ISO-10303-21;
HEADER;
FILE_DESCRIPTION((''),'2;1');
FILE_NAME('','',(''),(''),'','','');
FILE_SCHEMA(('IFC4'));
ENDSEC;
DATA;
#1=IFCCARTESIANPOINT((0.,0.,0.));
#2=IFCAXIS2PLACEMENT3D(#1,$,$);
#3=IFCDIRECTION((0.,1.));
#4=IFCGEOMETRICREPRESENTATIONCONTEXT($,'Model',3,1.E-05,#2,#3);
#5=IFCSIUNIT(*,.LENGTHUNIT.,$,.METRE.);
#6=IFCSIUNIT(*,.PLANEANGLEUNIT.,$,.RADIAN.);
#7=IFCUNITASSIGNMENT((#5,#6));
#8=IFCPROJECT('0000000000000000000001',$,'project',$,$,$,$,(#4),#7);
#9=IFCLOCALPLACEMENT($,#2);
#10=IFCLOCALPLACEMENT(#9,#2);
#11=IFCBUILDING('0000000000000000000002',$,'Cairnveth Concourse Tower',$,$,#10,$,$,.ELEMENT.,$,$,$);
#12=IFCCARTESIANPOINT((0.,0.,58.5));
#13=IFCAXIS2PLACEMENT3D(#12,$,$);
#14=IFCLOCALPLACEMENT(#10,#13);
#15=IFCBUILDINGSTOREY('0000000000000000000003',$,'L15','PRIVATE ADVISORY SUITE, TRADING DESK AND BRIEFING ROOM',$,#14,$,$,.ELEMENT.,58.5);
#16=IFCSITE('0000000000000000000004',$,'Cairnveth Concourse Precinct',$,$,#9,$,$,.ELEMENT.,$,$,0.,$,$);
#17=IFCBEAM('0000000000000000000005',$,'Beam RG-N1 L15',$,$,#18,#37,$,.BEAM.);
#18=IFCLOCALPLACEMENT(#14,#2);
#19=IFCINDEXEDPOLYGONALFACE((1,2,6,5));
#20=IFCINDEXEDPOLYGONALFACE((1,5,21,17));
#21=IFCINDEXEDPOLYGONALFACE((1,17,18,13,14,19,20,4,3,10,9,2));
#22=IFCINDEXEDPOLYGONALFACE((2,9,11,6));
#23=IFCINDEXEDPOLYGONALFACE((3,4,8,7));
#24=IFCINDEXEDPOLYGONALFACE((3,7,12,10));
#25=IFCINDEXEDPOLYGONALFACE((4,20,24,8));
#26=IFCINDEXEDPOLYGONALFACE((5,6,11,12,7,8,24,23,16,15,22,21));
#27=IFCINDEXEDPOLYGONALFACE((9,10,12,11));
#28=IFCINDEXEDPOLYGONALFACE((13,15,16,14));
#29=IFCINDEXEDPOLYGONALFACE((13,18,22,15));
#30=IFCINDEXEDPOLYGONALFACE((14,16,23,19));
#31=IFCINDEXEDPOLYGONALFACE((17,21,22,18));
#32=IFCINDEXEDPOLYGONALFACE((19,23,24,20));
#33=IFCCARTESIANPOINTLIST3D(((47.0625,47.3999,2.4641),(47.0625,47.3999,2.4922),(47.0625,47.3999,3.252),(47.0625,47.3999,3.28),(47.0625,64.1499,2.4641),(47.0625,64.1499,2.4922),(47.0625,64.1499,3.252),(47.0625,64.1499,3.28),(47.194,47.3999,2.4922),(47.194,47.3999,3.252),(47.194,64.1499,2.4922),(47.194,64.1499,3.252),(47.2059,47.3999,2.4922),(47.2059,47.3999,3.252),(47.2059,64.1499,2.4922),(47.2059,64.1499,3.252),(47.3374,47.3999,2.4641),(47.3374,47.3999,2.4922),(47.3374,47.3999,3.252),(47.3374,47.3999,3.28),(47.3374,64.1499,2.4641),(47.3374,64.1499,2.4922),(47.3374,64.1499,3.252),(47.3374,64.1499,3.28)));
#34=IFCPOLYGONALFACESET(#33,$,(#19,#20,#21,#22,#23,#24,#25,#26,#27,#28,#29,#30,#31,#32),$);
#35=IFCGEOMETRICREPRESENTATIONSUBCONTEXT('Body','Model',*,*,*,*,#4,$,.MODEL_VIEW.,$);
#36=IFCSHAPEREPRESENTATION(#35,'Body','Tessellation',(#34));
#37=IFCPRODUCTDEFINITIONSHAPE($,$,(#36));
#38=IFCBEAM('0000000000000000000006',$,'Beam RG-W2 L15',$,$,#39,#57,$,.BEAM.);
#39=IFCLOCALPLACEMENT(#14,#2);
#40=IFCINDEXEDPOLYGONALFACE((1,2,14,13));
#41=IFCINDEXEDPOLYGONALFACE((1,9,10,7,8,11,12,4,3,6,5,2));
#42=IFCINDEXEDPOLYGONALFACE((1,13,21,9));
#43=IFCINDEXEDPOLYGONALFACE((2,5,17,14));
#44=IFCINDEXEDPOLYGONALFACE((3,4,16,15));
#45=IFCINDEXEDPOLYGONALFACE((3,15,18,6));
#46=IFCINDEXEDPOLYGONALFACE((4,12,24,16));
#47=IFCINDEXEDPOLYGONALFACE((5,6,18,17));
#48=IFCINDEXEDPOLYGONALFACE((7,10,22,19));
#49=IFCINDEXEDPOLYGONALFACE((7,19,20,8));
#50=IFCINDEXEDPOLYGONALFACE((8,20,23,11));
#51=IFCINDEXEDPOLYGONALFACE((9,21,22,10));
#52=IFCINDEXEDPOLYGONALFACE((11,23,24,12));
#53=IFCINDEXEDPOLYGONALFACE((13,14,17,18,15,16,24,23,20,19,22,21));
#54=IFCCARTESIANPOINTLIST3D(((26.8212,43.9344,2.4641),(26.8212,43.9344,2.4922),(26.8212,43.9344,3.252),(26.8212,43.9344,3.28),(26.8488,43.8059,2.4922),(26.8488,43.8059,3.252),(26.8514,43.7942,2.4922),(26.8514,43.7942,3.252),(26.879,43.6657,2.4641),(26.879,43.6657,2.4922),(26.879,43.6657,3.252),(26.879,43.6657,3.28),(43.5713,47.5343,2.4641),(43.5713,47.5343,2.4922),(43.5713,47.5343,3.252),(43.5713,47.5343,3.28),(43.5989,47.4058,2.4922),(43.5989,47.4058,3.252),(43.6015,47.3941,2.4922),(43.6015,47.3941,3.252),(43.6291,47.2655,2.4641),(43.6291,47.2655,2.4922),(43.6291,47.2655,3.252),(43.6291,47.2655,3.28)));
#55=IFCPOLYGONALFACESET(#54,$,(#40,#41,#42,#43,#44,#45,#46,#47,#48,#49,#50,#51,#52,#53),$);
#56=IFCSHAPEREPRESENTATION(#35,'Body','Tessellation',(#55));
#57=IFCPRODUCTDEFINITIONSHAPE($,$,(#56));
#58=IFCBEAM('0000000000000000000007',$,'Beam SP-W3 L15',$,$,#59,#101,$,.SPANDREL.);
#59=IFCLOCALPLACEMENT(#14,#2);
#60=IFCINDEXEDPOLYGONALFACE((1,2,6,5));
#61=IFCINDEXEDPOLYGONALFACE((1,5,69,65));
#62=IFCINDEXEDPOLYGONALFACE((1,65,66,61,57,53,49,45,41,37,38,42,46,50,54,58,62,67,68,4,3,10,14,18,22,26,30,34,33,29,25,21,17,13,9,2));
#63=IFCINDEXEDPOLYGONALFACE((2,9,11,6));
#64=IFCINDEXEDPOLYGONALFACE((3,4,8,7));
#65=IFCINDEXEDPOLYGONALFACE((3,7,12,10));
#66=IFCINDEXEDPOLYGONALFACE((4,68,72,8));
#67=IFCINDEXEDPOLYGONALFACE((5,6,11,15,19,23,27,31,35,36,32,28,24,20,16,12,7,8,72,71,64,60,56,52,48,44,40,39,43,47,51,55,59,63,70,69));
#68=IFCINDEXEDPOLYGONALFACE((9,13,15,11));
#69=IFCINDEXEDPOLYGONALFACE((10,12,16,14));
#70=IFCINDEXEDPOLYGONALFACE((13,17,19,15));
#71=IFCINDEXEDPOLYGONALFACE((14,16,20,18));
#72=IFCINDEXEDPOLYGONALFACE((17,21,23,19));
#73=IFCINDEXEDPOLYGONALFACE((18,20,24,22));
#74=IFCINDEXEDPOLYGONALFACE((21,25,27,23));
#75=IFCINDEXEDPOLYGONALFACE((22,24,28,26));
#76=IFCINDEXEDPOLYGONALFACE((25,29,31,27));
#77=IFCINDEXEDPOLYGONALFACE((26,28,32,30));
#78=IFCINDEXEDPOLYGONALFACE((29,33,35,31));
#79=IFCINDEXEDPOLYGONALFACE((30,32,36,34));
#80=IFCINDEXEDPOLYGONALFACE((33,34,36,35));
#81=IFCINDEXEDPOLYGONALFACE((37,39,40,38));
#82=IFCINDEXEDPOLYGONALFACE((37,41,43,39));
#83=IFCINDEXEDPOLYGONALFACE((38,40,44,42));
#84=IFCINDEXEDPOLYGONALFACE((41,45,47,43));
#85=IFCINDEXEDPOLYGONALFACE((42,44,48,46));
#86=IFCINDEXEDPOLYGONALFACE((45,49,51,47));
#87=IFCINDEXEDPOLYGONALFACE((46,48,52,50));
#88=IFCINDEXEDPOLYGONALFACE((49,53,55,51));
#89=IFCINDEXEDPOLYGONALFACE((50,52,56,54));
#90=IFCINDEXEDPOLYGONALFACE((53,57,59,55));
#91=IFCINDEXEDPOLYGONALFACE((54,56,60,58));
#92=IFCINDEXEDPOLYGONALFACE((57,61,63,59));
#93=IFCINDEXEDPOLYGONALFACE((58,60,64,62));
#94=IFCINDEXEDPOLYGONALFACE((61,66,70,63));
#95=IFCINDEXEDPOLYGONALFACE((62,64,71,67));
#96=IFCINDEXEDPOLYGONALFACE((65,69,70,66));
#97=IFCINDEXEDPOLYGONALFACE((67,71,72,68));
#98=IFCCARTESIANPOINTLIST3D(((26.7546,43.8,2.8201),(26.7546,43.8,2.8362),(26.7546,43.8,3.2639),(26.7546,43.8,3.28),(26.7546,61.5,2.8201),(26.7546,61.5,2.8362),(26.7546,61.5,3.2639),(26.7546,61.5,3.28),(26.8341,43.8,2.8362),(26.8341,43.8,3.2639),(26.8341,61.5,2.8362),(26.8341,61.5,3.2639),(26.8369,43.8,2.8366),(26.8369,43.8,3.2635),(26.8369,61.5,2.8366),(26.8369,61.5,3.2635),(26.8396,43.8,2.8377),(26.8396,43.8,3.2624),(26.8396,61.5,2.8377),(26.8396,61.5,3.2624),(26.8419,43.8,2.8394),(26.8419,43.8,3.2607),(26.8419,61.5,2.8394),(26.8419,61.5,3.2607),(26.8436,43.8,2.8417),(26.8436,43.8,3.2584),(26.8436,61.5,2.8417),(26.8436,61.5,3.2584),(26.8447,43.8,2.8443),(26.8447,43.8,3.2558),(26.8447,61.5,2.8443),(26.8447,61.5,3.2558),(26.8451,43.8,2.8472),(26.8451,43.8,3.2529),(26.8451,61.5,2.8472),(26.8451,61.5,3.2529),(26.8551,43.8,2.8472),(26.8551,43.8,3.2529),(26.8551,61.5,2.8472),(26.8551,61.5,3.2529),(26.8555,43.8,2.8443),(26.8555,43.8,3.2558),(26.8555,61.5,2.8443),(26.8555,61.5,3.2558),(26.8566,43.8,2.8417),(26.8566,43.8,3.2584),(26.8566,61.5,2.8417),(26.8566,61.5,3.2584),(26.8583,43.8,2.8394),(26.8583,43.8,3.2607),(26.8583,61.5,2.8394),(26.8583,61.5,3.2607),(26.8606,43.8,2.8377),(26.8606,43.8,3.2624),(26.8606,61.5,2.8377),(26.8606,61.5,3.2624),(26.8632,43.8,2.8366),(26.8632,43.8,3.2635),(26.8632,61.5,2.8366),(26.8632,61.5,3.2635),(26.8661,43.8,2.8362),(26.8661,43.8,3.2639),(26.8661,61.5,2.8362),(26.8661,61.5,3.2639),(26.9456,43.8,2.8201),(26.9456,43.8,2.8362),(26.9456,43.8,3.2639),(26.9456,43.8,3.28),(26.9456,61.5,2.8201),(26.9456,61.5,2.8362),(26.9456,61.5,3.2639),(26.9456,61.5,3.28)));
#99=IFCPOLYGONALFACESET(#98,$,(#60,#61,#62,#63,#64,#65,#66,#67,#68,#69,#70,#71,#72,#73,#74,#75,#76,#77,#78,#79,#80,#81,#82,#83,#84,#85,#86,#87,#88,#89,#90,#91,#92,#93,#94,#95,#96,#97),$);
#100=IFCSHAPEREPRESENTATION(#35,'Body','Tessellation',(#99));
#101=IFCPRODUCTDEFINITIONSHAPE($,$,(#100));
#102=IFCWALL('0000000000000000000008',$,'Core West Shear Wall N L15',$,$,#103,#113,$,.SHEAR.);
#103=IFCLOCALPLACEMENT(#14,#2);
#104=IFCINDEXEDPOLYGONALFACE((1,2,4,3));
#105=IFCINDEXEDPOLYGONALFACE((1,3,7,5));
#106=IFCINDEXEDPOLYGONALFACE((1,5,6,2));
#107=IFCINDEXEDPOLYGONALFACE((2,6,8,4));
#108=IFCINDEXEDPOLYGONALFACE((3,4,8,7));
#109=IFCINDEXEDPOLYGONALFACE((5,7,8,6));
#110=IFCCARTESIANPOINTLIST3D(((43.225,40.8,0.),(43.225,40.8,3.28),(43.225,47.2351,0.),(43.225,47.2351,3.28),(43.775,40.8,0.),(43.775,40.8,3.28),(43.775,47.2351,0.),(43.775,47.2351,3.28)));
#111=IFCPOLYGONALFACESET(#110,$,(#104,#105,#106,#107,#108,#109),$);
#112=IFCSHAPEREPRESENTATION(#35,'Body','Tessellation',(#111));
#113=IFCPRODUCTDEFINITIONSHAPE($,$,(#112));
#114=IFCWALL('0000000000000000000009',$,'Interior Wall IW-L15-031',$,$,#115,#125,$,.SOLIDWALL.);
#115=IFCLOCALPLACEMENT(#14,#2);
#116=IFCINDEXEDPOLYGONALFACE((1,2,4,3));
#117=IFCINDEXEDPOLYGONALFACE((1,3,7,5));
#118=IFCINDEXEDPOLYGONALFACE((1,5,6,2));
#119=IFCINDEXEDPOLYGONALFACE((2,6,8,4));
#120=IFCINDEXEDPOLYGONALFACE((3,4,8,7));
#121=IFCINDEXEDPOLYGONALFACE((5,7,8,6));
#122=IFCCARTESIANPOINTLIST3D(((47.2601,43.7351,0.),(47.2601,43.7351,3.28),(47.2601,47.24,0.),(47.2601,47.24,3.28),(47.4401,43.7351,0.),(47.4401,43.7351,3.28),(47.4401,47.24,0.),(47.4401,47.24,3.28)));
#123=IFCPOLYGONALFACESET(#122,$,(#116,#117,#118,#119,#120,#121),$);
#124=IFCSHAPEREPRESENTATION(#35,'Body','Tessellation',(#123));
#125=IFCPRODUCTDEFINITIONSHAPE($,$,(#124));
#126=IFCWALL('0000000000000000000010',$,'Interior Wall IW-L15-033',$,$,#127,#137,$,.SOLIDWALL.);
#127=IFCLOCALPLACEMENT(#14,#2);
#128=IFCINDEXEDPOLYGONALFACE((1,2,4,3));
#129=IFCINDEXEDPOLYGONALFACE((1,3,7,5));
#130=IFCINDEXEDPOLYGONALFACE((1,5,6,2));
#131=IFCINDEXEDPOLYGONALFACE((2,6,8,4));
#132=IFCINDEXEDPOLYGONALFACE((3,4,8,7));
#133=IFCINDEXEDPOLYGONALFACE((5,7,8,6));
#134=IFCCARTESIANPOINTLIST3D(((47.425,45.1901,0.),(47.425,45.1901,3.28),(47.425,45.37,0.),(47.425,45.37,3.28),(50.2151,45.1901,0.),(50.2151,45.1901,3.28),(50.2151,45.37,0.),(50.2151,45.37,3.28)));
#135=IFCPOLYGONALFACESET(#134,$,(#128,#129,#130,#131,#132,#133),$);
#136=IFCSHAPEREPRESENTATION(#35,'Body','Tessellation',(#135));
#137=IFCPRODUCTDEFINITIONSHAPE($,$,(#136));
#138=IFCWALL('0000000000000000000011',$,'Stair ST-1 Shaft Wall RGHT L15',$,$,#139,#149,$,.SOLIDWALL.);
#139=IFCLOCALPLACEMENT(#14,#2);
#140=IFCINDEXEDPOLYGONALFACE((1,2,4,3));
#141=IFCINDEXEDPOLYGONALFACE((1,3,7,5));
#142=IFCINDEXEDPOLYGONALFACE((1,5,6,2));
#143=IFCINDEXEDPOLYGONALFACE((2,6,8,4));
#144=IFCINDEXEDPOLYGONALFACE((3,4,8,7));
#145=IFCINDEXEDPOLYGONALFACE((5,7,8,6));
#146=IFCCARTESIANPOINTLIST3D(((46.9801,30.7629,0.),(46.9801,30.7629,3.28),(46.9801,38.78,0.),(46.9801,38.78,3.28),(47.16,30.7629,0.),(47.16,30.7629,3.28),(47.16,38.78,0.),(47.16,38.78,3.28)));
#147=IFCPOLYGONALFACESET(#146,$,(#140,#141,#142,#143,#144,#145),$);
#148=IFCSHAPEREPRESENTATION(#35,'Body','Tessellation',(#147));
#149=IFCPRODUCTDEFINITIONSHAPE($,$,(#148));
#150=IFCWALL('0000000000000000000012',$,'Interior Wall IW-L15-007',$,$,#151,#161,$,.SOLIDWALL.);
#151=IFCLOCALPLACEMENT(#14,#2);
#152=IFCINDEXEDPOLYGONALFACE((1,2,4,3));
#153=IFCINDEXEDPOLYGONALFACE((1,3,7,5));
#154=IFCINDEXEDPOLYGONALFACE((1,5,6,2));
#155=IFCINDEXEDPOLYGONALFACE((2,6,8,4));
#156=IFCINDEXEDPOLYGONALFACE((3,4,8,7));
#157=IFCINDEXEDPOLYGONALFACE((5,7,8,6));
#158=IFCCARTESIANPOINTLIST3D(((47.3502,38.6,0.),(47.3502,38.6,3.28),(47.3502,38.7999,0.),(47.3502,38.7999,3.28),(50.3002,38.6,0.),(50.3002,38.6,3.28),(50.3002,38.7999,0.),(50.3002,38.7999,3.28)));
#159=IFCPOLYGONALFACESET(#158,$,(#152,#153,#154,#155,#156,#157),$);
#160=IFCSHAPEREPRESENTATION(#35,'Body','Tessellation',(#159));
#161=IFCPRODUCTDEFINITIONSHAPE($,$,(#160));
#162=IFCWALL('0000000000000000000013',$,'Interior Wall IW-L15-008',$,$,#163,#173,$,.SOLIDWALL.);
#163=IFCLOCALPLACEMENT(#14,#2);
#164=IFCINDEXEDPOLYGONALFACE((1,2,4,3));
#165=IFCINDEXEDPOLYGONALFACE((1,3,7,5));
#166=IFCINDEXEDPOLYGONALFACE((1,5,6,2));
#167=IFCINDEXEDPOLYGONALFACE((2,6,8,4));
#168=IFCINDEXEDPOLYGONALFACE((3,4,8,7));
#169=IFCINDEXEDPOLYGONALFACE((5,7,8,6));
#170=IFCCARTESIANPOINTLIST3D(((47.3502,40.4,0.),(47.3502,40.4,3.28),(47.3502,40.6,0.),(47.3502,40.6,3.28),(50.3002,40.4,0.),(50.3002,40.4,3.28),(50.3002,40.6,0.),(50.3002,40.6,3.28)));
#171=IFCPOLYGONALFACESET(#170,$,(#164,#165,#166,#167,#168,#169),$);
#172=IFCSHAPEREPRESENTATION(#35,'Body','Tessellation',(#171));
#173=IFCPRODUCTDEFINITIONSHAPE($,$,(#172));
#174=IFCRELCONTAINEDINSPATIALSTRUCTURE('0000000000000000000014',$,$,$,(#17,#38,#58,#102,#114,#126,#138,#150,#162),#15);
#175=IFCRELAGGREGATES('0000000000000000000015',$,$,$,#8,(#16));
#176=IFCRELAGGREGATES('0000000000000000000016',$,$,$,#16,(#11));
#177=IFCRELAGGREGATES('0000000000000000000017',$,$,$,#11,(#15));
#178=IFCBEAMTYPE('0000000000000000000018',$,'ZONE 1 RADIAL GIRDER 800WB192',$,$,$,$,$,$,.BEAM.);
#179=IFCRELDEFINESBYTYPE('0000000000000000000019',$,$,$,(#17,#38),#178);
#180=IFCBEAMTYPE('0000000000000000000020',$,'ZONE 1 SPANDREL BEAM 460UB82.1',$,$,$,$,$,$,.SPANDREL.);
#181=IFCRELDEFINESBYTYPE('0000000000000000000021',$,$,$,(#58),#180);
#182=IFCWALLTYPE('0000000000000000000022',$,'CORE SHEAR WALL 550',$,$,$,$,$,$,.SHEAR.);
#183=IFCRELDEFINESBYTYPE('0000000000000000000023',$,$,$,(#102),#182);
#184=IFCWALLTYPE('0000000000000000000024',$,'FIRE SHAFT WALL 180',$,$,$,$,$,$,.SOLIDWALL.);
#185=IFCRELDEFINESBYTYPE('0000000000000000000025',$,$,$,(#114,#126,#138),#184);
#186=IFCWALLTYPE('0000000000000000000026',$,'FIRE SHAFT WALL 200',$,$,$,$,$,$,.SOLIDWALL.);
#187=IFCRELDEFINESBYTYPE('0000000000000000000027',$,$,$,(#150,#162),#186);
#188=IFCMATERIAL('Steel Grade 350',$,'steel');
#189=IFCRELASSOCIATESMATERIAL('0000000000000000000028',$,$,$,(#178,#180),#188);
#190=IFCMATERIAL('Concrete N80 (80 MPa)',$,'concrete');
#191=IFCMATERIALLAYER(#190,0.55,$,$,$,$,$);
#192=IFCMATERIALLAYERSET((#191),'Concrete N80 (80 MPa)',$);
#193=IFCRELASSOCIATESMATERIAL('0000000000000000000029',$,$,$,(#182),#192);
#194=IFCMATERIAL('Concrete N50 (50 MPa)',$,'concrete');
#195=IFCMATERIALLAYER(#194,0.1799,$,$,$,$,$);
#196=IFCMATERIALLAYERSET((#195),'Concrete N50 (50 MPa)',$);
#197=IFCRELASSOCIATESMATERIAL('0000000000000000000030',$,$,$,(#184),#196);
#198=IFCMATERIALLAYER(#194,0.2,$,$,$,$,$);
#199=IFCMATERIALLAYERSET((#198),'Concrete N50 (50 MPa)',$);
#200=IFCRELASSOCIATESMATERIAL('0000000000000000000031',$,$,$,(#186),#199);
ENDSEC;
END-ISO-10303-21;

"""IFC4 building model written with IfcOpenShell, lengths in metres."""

from ifc_helpers import new_model, si_unit, direction, frame, frame_2d, origin, origin_2d, place, context, subcontext, project, spatial, rectangle, i_section, extrude, material, layer, layer_set, material_profile, profile_set, type_object, element, save


model = new_model("IFC4")

# Units and contexts
model_context = context("Model", 3, precision=1e-05, world=origin(), true_north=direction((0.0, 1.0)))
body_context = subcontext(model_context, "Body", "Model", "MODEL_VIEW")
ifc_project = project(units=[si_unit("LENGTHUNIT", "METRE"), si_unit("PLANEANGLEUNIT", "RADIAN")], contexts=[model_context])

# Site, building, storey
site_placement = place(None, origin())
site = spatial("IfcSite", under=ifc_project, at=site_placement, Name="Cairnveth Concourse Precinct", CompositionType="ELEMENT", RefElevation=0.0)
building_placement = place(site_placement, origin())
building = spatial("IfcBuilding", under=site, at=building_placement, Name="Cairnveth Concourse Tower", CompositionType="ELEMENT")
storey_placement = place(building_placement, frame((0.0, 0.0, 58.5)))
storey = spatial("IfcBuildingStorey", under=building, at=storey_placement, Name="L15", Description="PRIVATE ADVISORY SUITE, TRADING DESK AND BRIEFING ROOM", CompositionType="ELEMENT", Elevation=58.5)

# Shared definitions
ifc_material_1 = material(Name="Concrete N80 (80 MPa)", Category="concrete")

# Beams
ifc_material_2 = material(Name="Steel Grade 350", Category="steel")
ifc_material_profile_1 = material_profile(ifc_material_2, i_section(OverallWidth=0.2749, OverallDepth=0.8159, WebThickness=0.012, FlangeThickness=0.0281, at=origin_2d()), Name="800WB192")
ifc_profile_set_1 = profile_set([ifc_material_profile_1], Name="Steel Grade 350")
beam_type_1 = type_object("IfcBeamType", Name="ZONE 1 RADIAL GIRDER 800WB192", PredefinedType="BEAM", material=ifc_profile_set_1)
beam_1_placement = place(storey_placement, frame((47.2, 47.3999, 2.8721), z_axis=(0.0, 1.0, 0.0), x_axis=(-1.0, 0.0, 0.0)))
element("IfcBeam", 1, at=beam_1_placement, inside=storey, type_object=beam_type_1, Name="Beam RG-N1 L15", PredefinedType="BEAM", context=body_context, shape_type="SweptSolid", body=[
    extrude(i_section(OverallWidth=0.2749, OverallDepth=0.8159, WebThickness=0.012, FlangeThickness=0.0281, at=origin_2d()), origin(), (0.0, 0.0, 1.0), 16.75),
])
beam_2_placement = place(storey_placement, frame((26.8501, 43.8, 2.8721), z_axis=(0.977676, 0.210119, 0.0), x_axis=(-0.210119, 0.977676, 0.0)))
element("IfcBeam", 2, at=beam_2_placement, inside=storey, type_object=beam_type_1, Name="Beam RG-W2 L15", PredefinedType="BEAM", context=body_context, shape_type="SweptSolid", body=[
    extrude(i_section(OverallWidth=0.2749, OverallDepth=0.8159, WebThickness=0.012, FlangeThickness=0.0281, at=origin_2d()), origin(), (0.0, 0.0, 1.0), 17.1326),
])
ifc_material_profile_2 = material_profile(ifc_material_2, i_section(OverallWidth=0.1909, OverallDepth=0.46, WebThickness=0.01, FlangeThickness=0.0161, FilletRadius=0.011, at=origin_2d()), Name="460UB82.1")
ifc_profile_set_2 = profile_set([ifc_material_profile_2], Name="Steel Grade 350")
beam_type_2 = type_object("IfcBeamType", Name="ZONE 1 SPANDREL BEAM 460UB82.1", PredefinedType="SPANDREL", material=ifc_profile_set_2)
beam_3_placement = place(storey_placement, frame((26.8501, 43.8, 3.05), z_axis=(0.0, 1.0, 0.0), x_axis=(-1.0, 0.0, 0.0)))
element("IfcBeam", 3, at=beam_3_placement, inside=storey, type_object=beam_type_2, Name="Beam SP-W3 L15", PredefinedType="SPANDREL", context=body_context, shape_type="SweptSolid", body=[
    extrude(i_section(OverallWidth=0.1909, OverallDepth=0.46, WebThickness=0.01, FlangeThickness=0.0161, FilletRadius=0.011, at=origin_2d()), origin(), (0.0, 0.0, 1.0), 17.7),
])

# Walls
ifc_layer_1 = layer(ifc_material_1, 0.55)
ifc_layer_set_1 = layer_set([ifc_layer_1], Name="Concrete N80 (80 MPa)")
wall_type_1 = type_object("IfcWallType", Name="CORE SHEAR WALL 550", PredefinedType="SHEAR", material=ifc_layer_set_1)
wall_1_placement = place(storey_placement, frame((43.5, 40.8, 0.0), z_axis=(0.0, 0.0, 1.0), x_axis=(0.0, 1.0, 0.0)))
element("IfcWall", 4, at=wall_1_placement, inside=storey, type_object=wall_type_1, Name="Core West Shear Wall N L15", PredefinedType="SHEAR", context=body_context, shape_type="SweptSolid", body=[
    extrude(rectangle(XDim=6.4351, YDim=0.55, at=frame_2d((3.2175, 0.0))), origin(), (0.0, 0.0, 1.0), 3.28),
])
ifc_material_3 = material(Name="Concrete N50 (50 MPa)", Category="concrete")
ifc_layer_2 = layer(ifc_material_3, 0.1799)
ifc_layer_set_2 = layer_set([ifc_layer_2], Name="Concrete N50 (50 MPa)")
wall_type_2 = type_object("IfcWallType", Name="FIRE SHAFT WALL 180", PredefinedType="SOLIDWALL", material=ifc_layer_set_2)
wall_2_placement = place(storey_placement, frame((47.3501, 43.7351, 0.0), z_axis=(0.0, 0.0, 1.0), x_axis=(0.0, 1.0, 0.0)))
element("IfcWall", 5, at=wall_2_placement, inside=storey, type_object=wall_type_2, Name="Interior Wall IW-L15-031", PredefinedType="SOLIDWALL", context=body_context, shape_type="SweptSolid", body=[
    extrude(rectangle(XDim=3.5049, YDim=0.1799, at=frame_2d((1.7524, 0.0))), origin(), (0.0, 0.0, 1.0), 3.28),
])
wall_3_placement = place(storey_placement, frame((47.425, 45.28, 0.0), z_axis=(0.0, 0.0, 1.0), x_axis=(1.0, 0.0, 0.0)))
element("IfcWall", 6, at=wall_3_placement, inside=storey, type_object=wall_type_2, Name="Interior Wall IW-L15-033", PredefinedType="SOLIDWALL", context=body_context, shape_type="SweptSolid", body=[
    extrude(rectangle(XDim=2.79, YDim=0.1799, at=frame_2d((1.395, 0.0))), origin(), (0.0, 0.0, 1.0), 3.28),
])

# Walls
wall_4_placement = place(storey_placement, frame((47.0701, 38.78, 0.0), z_axis=(0.0, 0.0, 1.0), x_axis=(0.0, -1.0, 0.0)))
element("IfcWall", 7, at=wall_4_placement, inside=storey, type_object=wall_type_2, Name="Stair ST-1 Shaft Wall RGHT L15", PredefinedType="SOLIDWALL", context=body_context, shape_type="SweptSolid", body=[
    extrude(rectangle(XDim=8.0171, YDim=0.1799, at=frame_2d((4.0085, 0.0))), origin(), (0.0, 0.0, 1.0), 3.28),
])
ifc_layer_3 = layer(ifc_material_3, 0.2)
ifc_layer_set_3 = layer_set([ifc_layer_3], Name="Concrete N50 (50 MPa)")
wall_type_3 = type_object("IfcWallType", Name="FIRE SHAFT WALL 200", PredefinedType="SOLIDWALL", material=ifc_layer_set_3)
for number, where, z_axis, x_axis, name in (
    (8, (47.3501, 38.7, 0.0), (0.0, 0.0, 1.0), (1.0, 0.0, 0.0), "Interior Wall IW-L15-007"),
    (9, (47.3501, 40.5, 0.0), (0.0, 0.0, 1.0), (1.0, 0.0, 0.0), "Interior Wall IW-L15-008"),
):
    element("IfcWall", number, at=place(storey_placement, frame(where, z_axis=z_axis, x_axis=x_axis)), inside=storey, type_object=wall_type_3, Name=name, PredefinedType="SOLIDWALL", context=body_context, shape_type="SweptSolid", body=[
        extrude(rectangle(XDim=2.95, YDim=0.2, at=frame_2d((1.4751, 0.0))), origin(), (0.0, 0.0, 1.0), 3.28),
    ])

save(model, "model.ifc")
